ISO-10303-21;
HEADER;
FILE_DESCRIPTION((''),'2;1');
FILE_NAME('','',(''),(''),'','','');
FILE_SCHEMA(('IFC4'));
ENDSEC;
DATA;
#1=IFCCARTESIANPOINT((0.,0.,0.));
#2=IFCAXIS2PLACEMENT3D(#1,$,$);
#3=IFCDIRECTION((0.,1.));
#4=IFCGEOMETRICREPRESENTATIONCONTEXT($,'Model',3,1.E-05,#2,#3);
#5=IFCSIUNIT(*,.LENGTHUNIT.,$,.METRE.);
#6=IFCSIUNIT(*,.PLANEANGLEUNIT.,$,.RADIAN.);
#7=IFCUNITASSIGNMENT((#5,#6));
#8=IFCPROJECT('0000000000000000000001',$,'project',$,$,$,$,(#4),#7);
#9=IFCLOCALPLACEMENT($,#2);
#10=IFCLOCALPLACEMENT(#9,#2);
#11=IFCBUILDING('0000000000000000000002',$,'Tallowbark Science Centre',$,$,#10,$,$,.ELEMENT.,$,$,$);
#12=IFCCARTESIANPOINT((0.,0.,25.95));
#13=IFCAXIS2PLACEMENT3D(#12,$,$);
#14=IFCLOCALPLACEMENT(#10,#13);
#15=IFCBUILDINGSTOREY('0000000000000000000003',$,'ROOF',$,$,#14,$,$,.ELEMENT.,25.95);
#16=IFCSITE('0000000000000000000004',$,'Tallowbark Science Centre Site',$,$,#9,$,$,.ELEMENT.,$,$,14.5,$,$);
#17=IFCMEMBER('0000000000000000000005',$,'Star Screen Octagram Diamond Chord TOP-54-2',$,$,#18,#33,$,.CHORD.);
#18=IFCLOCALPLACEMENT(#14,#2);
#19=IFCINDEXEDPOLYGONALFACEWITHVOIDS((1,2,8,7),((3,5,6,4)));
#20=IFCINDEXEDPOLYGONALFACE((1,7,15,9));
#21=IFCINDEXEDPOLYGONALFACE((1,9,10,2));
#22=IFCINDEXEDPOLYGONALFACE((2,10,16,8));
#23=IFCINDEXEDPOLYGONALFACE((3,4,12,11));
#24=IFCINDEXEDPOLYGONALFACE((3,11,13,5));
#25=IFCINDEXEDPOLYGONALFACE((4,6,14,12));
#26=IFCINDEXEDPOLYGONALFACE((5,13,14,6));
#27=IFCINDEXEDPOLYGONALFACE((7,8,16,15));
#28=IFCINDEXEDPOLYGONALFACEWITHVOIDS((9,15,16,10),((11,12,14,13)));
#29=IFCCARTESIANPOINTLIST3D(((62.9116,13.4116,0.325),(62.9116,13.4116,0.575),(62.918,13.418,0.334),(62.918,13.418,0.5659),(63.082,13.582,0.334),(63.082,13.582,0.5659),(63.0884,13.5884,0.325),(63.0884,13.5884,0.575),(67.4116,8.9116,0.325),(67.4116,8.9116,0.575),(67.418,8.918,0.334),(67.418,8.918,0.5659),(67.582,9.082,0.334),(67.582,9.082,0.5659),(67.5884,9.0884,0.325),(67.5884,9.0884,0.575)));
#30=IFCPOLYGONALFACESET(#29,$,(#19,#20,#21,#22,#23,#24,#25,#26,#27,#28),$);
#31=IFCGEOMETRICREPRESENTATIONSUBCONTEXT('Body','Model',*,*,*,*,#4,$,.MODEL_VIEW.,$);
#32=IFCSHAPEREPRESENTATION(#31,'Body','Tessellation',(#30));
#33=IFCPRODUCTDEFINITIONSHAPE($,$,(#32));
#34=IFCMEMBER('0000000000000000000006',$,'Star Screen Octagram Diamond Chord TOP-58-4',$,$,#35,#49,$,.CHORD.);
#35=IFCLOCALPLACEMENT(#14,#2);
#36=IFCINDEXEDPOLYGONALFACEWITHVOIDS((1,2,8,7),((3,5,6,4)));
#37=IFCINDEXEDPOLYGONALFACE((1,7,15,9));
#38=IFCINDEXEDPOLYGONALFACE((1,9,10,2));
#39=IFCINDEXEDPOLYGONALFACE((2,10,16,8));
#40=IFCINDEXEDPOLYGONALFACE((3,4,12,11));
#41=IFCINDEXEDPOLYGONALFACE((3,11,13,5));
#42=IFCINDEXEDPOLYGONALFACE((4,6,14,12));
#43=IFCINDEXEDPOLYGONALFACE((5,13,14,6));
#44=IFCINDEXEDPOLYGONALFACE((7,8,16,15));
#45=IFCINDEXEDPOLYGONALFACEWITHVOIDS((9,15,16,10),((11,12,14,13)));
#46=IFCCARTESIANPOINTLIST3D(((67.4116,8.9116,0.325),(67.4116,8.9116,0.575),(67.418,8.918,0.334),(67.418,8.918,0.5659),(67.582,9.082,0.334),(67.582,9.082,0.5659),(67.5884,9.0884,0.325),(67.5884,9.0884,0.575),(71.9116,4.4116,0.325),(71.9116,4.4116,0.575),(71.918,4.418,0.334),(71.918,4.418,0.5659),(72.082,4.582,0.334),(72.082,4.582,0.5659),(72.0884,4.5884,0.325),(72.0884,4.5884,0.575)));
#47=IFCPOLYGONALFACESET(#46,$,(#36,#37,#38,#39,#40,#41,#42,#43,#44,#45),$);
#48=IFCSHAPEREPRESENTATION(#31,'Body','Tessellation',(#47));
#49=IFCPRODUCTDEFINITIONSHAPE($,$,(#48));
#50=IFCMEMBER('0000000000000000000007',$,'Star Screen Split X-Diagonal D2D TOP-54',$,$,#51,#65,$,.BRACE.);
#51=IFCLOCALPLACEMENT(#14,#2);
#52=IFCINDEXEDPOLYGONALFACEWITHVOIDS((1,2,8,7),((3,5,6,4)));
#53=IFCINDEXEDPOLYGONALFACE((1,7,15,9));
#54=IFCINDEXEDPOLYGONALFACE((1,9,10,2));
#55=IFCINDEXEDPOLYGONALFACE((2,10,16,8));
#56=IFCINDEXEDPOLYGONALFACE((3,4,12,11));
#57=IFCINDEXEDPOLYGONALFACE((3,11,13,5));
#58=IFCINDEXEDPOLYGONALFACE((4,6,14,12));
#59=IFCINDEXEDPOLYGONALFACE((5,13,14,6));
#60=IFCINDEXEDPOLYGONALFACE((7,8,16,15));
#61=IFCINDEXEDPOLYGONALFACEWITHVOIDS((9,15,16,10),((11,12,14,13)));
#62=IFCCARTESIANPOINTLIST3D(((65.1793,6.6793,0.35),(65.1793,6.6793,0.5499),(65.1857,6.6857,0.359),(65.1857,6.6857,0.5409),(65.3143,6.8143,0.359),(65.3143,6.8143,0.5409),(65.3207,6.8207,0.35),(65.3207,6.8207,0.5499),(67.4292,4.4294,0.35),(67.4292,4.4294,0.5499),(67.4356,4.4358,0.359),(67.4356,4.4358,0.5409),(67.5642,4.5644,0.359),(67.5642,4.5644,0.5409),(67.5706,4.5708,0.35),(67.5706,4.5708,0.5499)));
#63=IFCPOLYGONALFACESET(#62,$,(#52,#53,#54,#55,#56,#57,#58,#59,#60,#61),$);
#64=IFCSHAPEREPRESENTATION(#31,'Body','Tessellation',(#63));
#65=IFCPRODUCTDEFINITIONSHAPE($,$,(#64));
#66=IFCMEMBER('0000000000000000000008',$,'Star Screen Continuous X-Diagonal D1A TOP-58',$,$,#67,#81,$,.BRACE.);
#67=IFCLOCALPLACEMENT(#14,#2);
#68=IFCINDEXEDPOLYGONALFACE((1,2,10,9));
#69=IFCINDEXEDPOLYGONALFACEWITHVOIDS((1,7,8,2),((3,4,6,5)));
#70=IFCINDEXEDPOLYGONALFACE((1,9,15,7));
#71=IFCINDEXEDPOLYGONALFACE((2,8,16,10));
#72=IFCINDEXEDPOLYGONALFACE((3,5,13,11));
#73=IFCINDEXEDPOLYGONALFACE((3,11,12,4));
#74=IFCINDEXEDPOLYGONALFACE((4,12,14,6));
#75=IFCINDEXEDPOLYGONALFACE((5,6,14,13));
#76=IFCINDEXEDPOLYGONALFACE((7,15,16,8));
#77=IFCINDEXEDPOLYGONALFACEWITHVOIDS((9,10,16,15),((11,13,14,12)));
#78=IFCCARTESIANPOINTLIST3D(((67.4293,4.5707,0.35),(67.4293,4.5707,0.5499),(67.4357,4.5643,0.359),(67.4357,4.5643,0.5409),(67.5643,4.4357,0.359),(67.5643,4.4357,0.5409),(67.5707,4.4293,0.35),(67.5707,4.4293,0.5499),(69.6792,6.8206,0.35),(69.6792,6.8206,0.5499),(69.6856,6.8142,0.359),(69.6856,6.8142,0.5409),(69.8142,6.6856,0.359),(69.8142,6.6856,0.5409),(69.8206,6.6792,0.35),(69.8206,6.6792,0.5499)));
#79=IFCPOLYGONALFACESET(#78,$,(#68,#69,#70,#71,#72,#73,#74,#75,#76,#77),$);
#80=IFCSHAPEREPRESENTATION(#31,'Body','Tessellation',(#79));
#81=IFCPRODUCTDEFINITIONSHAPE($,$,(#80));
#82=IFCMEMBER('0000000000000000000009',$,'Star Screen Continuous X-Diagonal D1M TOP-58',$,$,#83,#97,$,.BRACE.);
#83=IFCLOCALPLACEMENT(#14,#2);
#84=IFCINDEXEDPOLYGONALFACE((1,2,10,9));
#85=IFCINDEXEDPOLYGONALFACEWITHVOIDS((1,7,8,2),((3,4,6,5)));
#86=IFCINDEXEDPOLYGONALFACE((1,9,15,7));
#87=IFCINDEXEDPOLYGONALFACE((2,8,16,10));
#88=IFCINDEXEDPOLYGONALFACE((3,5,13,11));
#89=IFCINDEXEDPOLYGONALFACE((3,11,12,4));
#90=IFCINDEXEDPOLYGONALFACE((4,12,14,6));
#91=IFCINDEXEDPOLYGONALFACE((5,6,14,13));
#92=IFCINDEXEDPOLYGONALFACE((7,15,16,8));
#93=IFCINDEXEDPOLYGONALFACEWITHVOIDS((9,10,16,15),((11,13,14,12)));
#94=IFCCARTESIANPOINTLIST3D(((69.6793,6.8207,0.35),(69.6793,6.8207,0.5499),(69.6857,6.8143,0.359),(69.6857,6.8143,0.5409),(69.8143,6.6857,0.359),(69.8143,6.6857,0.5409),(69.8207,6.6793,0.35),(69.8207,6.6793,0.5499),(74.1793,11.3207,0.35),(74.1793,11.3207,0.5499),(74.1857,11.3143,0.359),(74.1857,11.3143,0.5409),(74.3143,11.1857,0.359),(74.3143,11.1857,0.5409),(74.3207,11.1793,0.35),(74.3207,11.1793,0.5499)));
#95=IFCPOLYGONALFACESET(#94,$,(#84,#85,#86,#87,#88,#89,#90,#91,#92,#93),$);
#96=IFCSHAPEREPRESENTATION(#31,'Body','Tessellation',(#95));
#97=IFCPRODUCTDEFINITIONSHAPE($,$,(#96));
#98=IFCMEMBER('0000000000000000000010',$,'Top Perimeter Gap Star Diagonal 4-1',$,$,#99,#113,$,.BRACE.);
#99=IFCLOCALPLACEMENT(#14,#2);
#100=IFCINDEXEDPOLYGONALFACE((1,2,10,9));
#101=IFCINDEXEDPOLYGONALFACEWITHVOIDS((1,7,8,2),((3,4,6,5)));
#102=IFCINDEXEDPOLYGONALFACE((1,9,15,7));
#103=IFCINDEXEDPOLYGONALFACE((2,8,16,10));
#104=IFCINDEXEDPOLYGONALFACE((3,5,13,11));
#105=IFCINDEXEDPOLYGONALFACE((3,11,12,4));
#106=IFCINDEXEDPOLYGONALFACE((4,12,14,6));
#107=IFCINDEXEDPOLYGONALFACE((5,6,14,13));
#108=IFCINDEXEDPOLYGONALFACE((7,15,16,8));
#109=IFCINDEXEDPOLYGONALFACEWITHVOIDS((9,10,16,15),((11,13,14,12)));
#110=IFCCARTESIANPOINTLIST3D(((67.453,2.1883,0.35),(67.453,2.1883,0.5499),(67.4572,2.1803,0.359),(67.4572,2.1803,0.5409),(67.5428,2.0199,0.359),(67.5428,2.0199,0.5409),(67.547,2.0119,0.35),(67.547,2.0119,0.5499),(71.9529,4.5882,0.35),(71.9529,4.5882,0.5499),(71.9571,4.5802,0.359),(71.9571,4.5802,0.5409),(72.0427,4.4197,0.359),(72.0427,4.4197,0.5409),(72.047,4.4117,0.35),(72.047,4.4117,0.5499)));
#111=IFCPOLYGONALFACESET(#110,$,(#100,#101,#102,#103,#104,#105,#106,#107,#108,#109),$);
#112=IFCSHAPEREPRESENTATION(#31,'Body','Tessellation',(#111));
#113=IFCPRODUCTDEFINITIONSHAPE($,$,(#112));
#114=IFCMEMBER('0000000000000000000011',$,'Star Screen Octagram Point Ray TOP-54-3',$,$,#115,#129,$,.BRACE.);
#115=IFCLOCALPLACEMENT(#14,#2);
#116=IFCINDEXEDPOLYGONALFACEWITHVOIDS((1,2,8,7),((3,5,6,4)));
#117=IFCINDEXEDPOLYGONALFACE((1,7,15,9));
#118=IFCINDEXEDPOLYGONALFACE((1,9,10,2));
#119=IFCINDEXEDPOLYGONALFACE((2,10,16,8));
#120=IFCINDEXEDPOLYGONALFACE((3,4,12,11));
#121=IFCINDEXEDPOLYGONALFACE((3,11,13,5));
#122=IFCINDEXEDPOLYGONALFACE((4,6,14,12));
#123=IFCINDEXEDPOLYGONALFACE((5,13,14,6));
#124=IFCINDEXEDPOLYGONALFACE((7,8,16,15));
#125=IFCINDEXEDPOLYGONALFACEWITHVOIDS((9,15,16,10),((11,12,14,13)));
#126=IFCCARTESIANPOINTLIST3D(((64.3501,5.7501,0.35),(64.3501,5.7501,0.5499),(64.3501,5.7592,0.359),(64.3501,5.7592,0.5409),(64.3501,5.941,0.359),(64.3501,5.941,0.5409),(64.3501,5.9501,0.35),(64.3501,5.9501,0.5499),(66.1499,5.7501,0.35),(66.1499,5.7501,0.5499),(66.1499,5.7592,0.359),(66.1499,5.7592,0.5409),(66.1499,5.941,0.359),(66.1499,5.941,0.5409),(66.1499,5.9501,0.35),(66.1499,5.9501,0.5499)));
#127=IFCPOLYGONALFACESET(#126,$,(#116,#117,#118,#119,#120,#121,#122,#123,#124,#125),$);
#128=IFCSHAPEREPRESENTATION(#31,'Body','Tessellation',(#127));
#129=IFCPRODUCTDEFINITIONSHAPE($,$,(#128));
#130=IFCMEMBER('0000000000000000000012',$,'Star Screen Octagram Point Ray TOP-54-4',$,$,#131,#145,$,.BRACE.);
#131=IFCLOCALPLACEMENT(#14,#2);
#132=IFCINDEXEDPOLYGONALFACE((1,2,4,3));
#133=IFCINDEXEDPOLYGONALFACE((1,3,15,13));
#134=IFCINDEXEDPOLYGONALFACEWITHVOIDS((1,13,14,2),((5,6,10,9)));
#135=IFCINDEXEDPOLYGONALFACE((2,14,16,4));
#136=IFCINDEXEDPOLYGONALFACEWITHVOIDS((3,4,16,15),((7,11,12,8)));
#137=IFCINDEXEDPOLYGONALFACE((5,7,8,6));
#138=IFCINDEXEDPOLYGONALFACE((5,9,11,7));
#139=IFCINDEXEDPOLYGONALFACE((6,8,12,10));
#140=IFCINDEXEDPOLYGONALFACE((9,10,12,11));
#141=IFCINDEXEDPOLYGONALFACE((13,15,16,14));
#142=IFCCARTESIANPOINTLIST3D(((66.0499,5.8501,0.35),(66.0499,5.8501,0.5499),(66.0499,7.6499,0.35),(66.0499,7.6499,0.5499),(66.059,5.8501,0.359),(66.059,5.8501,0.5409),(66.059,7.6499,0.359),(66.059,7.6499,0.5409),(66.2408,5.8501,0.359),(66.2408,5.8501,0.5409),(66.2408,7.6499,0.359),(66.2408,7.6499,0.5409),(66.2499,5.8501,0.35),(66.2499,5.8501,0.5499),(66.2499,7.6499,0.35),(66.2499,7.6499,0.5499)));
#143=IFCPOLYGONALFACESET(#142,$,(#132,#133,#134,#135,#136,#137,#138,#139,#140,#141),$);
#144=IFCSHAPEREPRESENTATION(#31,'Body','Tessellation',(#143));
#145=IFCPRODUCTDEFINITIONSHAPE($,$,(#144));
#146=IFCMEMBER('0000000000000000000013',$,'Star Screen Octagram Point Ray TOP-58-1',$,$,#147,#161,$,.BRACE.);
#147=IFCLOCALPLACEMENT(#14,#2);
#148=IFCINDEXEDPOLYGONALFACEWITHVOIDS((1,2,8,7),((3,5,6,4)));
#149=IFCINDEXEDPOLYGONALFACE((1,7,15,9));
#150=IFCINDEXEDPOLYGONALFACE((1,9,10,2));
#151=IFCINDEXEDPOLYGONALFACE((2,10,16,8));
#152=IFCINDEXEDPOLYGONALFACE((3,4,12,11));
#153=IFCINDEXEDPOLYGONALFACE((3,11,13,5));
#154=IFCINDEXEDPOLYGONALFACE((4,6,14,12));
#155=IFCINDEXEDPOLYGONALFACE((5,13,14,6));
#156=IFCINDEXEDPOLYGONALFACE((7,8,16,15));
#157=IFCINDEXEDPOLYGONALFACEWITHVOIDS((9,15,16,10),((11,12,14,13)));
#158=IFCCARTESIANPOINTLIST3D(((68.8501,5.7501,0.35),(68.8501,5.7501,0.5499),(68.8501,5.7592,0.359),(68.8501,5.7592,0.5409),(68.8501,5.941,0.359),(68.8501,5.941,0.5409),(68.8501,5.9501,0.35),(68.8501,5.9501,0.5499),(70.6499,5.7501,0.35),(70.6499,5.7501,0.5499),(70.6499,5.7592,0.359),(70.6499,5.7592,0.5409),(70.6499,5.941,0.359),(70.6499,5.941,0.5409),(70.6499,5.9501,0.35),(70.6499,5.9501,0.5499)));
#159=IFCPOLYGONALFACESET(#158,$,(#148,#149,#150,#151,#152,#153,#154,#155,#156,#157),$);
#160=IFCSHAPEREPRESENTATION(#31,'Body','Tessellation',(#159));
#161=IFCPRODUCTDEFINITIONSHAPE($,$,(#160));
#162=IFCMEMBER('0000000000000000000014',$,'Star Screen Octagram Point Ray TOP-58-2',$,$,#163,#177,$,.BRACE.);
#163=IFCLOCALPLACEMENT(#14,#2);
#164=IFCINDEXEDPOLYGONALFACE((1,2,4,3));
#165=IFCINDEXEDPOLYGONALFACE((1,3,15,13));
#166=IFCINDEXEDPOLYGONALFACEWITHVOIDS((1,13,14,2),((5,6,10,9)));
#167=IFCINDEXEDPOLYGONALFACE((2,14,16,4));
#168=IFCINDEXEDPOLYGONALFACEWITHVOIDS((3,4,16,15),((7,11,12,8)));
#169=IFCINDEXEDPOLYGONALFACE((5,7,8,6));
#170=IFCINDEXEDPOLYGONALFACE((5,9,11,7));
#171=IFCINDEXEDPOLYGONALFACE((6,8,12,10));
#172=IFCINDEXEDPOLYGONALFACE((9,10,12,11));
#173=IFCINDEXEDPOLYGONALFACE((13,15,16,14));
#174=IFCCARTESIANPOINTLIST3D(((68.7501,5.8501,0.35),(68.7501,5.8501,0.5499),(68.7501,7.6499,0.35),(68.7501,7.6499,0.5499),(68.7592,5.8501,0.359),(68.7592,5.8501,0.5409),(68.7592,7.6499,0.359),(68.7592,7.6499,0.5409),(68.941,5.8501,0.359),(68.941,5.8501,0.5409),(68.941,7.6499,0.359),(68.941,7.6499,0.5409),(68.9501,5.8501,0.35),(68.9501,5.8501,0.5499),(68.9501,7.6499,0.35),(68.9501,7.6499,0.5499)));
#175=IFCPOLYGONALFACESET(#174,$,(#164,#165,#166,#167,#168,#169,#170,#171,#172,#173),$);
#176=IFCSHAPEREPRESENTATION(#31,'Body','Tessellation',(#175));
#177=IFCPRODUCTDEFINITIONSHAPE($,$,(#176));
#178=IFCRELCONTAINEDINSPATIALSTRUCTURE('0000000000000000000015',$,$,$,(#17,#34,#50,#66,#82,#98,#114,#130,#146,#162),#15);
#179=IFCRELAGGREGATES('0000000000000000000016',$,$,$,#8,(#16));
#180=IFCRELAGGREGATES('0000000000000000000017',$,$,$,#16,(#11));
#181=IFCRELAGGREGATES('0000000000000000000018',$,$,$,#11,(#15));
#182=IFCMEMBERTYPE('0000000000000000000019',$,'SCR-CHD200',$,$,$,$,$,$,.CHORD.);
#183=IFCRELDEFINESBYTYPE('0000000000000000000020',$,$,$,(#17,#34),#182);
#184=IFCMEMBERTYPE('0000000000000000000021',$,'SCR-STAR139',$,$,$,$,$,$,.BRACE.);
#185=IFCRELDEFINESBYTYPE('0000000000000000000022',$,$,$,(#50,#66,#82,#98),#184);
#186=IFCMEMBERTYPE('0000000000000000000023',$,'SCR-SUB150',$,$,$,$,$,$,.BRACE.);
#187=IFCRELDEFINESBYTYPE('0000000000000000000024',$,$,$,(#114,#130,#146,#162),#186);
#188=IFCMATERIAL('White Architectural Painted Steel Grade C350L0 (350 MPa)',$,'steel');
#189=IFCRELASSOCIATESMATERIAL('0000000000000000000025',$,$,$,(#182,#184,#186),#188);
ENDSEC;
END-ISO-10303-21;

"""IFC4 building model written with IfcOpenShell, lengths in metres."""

from ifc_helpers import new_model, si_unit, direction, frame, origin, origin_2d, place, context, subcontext, project, spatial, hollow_rectangle, extrude, material, material_profile, profile_set, type_object, element, save


model = new_model("IFC4")

# Units and contexts
model_context = context("Model", 3, precision=1e-05, world=origin(), true_north=direction((0.0, 1.0)))
body_context = subcontext(model_context, "Body", "Model", "MODEL_VIEW")
ifc_project = project(units=[si_unit("LENGTHUNIT", "METRE"), si_unit("PLANEANGLEUNIT", "RADIAN")], contexts=[model_context])

# Site, building, storey
site_placement = place(None, origin())
site = spatial("IfcSite", under=ifc_project, at=site_placement, Name="Tallowbark Science Centre Site", CompositionType="ELEMENT", RefElevation=14.5)
building_placement = place(site_placement, origin())
building = spatial("IfcBuilding", under=site, at=building_placement, Name="Tallowbark Science Centre", CompositionType="ELEMENT")
storey_placement = place(building_placement, frame((0.0, 0.0, 25.95)))
storey = spatial("IfcBuildingStorey", under=building, at=storey_placement, Name="ROOF", CompositionType="ELEMENT", Elevation=25.95)

# Shared definitions
ifc_material_1 = material(Name="White Architectural Painted Steel Grade C350L0 (350 MPa)", Category="steel")

# Members
ifc_material_profile_1 = material_profile(ifc_material_1, hollow_rectangle(XDim=0.25, YDim=0.25, WallThickness=0.009, at=origin_2d()), Name="250x250x9.0SHS")
ifc_profile_set_1 = profile_set([ifc_material_profile_1], Name="White Architectural Painted Steel Grade C350L0 (350 MPa)")
member_type_1 = type_object("IfcMemberType", Name="SCR-CHD200", PredefinedType="CHORD", material=ifc_profile_set_1)
for number, where, z_axis, x_axis, name in (
    (1, (67.5, 9.0, 0.45), (-0.707107, 0.707107, 0.0), (-0.707107, -0.707107, 0.0), "Star Screen Octagram Diamond Chord TOP-54-2"),
    (2, (67.5, 9.0, 0.45), (0.707107, -0.707107, 0.0), (0.707107, 0.707107, 0.0), "Star Screen Octagram Diamond Chord TOP-58-4"),
):
    element("IfcMember", number, at=place(storey_placement, frame(where, z_axis=z_axis, x_axis=x_axis)), inside=storey, type_object=member_type_1, Name=name, PredefinedType="CHORD", context=body_context, shape_type="SweptSolid", body=[
        extrude(hollow_rectangle(XDim=0.25, YDim=0.25, WallThickness=0.009, at=origin_2d()), origin(), (0.0, 0.0, 1.0), 6.364),
    ])
ifc_material_profile_2 = material_profile(ifc_material_1, hollow_rectangle(XDim=0.2, YDim=0.2, WallThickness=0.009, at=origin_2d()), Name="200x200x9.0SHS")
ifc_profile_set_2 = profile_set([ifc_material_profile_2], Name="White Architectural Painted Steel Grade C350L0 (350 MPa)")
member_type_2 = type_object("IfcMemberType", Name="SCR-STAR139", PredefinedType="BRACE", material=ifc_profile_set_2)
for number, where, z_axis, x_axis, name in (
    (3, (65.25, 6.75, 0.45), (0.707107, -0.707107, 0.0), (0.707107, 0.707107, 0.0), "Star Screen Split X-Diagonal D2D TOP-54"),
    (4, (67.5, 4.5, 0.45), (0.707107, 0.707107, 0.0), (-0.707107, 0.707107, 0.0), "Star Screen Continuous X-Diagonal D1A TOP-58"),
):
    element("IfcMember", number, at=place(storey_placement, frame(where, z_axis=z_axis, x_axis=x_axis)), inside=storey, type_object=member_type_2, Name=name, PredefinedType="BRACE", context=body_context, shape_type="SweptSolid", body=[
        extrude(hollow_rectangle(XDim=0.2, YDim=0.2, WallThickness=0.009, at=origin_2d()), origin(), (0.0, 0.0, 1.0), 3.1819),
    ])
member_1_placement = place(storey_placement, frame((69.75, 6.75, 0.45), z_axis=(0.707107, 0.707107, 0.0), x_axis=(-0.707107, 0.707107, 0.0)))
element("IfcMember", 5, at=member_1_placement, inside=storey, type_object=member_type_2, Name="Star Screen Continuous X-Diagonal D1M TOP-58", PredefinedType="BRACE", context=body_context, shape_type="SweptSolid", body=[
    extrude(hollow_rectangle(XDim=0.2, YDim=0.2, WallThickness=0.009, at=origin_2d()), origin(), (0.0, 0.0, 1.0), 6.364),
])
member_2_placement = place(storey_placement, frame((67.5, 2.1001, 0.45), z_axis=(0.882361, 0.470573, 0.0), x_axis=(-0.470573, 0.882361, 0.0)))
element("IfcMember", 6, at=member_2_placement, inside=storey, type_object=member_type_2, Name="Top Perimeter Gap Star Diagonal 4-1", PredefinedType="BRACE", context=body_context, shape_type="SweptSolid", body=[
    extrude(hollow_rectangle(XDim=0.2, YDim=0.2, WallThickness=0.009, at=origin_2d()), origin(), (0.0, 0.0, 1.0), 5.0999),
])
ifc_material_profile_3 = material_profile(ifc_material_1, hollow_rectangle(XDim=0.2, YDim=0.2, WallThickness=0.009, at=origin_2d()), Name="200x200x9.0SHS")
ifc_profile_set_3 = profile_set([ifc_material_profile_3], Name="White Architectural Painted Steel Grade C350L0 (350 MPa)")
member_type_3 = type_object("IfcMemberType", Name="SCR-SUB150", PredefinedType="BRACE", material=ifc_profile_set_3)
for number, where, z_axis, x_axis, name in (
    (7, (66.1499, 5.8501, 0.45), (-1.0, 0.0, 0.0), (0.0, -1.0, 0.0), "Star Screen Octagram Point Ray TOP-54-3"),
    (8, (66.1499, 5.8501, 0.45), (0.0, 1.0, 0.0), (-1.0, 0.0, 0.0), "Star Screen Octagram Point Ray TOP-54-4"),
    (9, (68.8501, 5.8501, 0.45), (1.0, 0.0, 0.0), (0.0, 1.0, 0.0), "Star Screen Octagram Point Ray TOP-58-1"),
    (10, (68.8501, 5.8501, 0.45), (0.0, 1.0, 0.0), (-1.0, 0.0, 0.0), "Star Screen Octagram Point Ray TOP-58-2"),
):
    element("IfcMember", number, at=place(storey_placement, frame(where, z_axis=z_axis, x_axis=x_axis)), inside=storey, type_object=member_type_3, Name=name, PredefinedType="BRACE", context=body_context, shape_type="SweptSolid", body=[
        extrude(hollow_rectangle(XDim=0.2, YDim=0.2, WallThickness=0.009, at=origin_2d()), origin(), (0.0, 0.0, 1.0), 1.7998),
    ])

save(model, "model.ifc")
